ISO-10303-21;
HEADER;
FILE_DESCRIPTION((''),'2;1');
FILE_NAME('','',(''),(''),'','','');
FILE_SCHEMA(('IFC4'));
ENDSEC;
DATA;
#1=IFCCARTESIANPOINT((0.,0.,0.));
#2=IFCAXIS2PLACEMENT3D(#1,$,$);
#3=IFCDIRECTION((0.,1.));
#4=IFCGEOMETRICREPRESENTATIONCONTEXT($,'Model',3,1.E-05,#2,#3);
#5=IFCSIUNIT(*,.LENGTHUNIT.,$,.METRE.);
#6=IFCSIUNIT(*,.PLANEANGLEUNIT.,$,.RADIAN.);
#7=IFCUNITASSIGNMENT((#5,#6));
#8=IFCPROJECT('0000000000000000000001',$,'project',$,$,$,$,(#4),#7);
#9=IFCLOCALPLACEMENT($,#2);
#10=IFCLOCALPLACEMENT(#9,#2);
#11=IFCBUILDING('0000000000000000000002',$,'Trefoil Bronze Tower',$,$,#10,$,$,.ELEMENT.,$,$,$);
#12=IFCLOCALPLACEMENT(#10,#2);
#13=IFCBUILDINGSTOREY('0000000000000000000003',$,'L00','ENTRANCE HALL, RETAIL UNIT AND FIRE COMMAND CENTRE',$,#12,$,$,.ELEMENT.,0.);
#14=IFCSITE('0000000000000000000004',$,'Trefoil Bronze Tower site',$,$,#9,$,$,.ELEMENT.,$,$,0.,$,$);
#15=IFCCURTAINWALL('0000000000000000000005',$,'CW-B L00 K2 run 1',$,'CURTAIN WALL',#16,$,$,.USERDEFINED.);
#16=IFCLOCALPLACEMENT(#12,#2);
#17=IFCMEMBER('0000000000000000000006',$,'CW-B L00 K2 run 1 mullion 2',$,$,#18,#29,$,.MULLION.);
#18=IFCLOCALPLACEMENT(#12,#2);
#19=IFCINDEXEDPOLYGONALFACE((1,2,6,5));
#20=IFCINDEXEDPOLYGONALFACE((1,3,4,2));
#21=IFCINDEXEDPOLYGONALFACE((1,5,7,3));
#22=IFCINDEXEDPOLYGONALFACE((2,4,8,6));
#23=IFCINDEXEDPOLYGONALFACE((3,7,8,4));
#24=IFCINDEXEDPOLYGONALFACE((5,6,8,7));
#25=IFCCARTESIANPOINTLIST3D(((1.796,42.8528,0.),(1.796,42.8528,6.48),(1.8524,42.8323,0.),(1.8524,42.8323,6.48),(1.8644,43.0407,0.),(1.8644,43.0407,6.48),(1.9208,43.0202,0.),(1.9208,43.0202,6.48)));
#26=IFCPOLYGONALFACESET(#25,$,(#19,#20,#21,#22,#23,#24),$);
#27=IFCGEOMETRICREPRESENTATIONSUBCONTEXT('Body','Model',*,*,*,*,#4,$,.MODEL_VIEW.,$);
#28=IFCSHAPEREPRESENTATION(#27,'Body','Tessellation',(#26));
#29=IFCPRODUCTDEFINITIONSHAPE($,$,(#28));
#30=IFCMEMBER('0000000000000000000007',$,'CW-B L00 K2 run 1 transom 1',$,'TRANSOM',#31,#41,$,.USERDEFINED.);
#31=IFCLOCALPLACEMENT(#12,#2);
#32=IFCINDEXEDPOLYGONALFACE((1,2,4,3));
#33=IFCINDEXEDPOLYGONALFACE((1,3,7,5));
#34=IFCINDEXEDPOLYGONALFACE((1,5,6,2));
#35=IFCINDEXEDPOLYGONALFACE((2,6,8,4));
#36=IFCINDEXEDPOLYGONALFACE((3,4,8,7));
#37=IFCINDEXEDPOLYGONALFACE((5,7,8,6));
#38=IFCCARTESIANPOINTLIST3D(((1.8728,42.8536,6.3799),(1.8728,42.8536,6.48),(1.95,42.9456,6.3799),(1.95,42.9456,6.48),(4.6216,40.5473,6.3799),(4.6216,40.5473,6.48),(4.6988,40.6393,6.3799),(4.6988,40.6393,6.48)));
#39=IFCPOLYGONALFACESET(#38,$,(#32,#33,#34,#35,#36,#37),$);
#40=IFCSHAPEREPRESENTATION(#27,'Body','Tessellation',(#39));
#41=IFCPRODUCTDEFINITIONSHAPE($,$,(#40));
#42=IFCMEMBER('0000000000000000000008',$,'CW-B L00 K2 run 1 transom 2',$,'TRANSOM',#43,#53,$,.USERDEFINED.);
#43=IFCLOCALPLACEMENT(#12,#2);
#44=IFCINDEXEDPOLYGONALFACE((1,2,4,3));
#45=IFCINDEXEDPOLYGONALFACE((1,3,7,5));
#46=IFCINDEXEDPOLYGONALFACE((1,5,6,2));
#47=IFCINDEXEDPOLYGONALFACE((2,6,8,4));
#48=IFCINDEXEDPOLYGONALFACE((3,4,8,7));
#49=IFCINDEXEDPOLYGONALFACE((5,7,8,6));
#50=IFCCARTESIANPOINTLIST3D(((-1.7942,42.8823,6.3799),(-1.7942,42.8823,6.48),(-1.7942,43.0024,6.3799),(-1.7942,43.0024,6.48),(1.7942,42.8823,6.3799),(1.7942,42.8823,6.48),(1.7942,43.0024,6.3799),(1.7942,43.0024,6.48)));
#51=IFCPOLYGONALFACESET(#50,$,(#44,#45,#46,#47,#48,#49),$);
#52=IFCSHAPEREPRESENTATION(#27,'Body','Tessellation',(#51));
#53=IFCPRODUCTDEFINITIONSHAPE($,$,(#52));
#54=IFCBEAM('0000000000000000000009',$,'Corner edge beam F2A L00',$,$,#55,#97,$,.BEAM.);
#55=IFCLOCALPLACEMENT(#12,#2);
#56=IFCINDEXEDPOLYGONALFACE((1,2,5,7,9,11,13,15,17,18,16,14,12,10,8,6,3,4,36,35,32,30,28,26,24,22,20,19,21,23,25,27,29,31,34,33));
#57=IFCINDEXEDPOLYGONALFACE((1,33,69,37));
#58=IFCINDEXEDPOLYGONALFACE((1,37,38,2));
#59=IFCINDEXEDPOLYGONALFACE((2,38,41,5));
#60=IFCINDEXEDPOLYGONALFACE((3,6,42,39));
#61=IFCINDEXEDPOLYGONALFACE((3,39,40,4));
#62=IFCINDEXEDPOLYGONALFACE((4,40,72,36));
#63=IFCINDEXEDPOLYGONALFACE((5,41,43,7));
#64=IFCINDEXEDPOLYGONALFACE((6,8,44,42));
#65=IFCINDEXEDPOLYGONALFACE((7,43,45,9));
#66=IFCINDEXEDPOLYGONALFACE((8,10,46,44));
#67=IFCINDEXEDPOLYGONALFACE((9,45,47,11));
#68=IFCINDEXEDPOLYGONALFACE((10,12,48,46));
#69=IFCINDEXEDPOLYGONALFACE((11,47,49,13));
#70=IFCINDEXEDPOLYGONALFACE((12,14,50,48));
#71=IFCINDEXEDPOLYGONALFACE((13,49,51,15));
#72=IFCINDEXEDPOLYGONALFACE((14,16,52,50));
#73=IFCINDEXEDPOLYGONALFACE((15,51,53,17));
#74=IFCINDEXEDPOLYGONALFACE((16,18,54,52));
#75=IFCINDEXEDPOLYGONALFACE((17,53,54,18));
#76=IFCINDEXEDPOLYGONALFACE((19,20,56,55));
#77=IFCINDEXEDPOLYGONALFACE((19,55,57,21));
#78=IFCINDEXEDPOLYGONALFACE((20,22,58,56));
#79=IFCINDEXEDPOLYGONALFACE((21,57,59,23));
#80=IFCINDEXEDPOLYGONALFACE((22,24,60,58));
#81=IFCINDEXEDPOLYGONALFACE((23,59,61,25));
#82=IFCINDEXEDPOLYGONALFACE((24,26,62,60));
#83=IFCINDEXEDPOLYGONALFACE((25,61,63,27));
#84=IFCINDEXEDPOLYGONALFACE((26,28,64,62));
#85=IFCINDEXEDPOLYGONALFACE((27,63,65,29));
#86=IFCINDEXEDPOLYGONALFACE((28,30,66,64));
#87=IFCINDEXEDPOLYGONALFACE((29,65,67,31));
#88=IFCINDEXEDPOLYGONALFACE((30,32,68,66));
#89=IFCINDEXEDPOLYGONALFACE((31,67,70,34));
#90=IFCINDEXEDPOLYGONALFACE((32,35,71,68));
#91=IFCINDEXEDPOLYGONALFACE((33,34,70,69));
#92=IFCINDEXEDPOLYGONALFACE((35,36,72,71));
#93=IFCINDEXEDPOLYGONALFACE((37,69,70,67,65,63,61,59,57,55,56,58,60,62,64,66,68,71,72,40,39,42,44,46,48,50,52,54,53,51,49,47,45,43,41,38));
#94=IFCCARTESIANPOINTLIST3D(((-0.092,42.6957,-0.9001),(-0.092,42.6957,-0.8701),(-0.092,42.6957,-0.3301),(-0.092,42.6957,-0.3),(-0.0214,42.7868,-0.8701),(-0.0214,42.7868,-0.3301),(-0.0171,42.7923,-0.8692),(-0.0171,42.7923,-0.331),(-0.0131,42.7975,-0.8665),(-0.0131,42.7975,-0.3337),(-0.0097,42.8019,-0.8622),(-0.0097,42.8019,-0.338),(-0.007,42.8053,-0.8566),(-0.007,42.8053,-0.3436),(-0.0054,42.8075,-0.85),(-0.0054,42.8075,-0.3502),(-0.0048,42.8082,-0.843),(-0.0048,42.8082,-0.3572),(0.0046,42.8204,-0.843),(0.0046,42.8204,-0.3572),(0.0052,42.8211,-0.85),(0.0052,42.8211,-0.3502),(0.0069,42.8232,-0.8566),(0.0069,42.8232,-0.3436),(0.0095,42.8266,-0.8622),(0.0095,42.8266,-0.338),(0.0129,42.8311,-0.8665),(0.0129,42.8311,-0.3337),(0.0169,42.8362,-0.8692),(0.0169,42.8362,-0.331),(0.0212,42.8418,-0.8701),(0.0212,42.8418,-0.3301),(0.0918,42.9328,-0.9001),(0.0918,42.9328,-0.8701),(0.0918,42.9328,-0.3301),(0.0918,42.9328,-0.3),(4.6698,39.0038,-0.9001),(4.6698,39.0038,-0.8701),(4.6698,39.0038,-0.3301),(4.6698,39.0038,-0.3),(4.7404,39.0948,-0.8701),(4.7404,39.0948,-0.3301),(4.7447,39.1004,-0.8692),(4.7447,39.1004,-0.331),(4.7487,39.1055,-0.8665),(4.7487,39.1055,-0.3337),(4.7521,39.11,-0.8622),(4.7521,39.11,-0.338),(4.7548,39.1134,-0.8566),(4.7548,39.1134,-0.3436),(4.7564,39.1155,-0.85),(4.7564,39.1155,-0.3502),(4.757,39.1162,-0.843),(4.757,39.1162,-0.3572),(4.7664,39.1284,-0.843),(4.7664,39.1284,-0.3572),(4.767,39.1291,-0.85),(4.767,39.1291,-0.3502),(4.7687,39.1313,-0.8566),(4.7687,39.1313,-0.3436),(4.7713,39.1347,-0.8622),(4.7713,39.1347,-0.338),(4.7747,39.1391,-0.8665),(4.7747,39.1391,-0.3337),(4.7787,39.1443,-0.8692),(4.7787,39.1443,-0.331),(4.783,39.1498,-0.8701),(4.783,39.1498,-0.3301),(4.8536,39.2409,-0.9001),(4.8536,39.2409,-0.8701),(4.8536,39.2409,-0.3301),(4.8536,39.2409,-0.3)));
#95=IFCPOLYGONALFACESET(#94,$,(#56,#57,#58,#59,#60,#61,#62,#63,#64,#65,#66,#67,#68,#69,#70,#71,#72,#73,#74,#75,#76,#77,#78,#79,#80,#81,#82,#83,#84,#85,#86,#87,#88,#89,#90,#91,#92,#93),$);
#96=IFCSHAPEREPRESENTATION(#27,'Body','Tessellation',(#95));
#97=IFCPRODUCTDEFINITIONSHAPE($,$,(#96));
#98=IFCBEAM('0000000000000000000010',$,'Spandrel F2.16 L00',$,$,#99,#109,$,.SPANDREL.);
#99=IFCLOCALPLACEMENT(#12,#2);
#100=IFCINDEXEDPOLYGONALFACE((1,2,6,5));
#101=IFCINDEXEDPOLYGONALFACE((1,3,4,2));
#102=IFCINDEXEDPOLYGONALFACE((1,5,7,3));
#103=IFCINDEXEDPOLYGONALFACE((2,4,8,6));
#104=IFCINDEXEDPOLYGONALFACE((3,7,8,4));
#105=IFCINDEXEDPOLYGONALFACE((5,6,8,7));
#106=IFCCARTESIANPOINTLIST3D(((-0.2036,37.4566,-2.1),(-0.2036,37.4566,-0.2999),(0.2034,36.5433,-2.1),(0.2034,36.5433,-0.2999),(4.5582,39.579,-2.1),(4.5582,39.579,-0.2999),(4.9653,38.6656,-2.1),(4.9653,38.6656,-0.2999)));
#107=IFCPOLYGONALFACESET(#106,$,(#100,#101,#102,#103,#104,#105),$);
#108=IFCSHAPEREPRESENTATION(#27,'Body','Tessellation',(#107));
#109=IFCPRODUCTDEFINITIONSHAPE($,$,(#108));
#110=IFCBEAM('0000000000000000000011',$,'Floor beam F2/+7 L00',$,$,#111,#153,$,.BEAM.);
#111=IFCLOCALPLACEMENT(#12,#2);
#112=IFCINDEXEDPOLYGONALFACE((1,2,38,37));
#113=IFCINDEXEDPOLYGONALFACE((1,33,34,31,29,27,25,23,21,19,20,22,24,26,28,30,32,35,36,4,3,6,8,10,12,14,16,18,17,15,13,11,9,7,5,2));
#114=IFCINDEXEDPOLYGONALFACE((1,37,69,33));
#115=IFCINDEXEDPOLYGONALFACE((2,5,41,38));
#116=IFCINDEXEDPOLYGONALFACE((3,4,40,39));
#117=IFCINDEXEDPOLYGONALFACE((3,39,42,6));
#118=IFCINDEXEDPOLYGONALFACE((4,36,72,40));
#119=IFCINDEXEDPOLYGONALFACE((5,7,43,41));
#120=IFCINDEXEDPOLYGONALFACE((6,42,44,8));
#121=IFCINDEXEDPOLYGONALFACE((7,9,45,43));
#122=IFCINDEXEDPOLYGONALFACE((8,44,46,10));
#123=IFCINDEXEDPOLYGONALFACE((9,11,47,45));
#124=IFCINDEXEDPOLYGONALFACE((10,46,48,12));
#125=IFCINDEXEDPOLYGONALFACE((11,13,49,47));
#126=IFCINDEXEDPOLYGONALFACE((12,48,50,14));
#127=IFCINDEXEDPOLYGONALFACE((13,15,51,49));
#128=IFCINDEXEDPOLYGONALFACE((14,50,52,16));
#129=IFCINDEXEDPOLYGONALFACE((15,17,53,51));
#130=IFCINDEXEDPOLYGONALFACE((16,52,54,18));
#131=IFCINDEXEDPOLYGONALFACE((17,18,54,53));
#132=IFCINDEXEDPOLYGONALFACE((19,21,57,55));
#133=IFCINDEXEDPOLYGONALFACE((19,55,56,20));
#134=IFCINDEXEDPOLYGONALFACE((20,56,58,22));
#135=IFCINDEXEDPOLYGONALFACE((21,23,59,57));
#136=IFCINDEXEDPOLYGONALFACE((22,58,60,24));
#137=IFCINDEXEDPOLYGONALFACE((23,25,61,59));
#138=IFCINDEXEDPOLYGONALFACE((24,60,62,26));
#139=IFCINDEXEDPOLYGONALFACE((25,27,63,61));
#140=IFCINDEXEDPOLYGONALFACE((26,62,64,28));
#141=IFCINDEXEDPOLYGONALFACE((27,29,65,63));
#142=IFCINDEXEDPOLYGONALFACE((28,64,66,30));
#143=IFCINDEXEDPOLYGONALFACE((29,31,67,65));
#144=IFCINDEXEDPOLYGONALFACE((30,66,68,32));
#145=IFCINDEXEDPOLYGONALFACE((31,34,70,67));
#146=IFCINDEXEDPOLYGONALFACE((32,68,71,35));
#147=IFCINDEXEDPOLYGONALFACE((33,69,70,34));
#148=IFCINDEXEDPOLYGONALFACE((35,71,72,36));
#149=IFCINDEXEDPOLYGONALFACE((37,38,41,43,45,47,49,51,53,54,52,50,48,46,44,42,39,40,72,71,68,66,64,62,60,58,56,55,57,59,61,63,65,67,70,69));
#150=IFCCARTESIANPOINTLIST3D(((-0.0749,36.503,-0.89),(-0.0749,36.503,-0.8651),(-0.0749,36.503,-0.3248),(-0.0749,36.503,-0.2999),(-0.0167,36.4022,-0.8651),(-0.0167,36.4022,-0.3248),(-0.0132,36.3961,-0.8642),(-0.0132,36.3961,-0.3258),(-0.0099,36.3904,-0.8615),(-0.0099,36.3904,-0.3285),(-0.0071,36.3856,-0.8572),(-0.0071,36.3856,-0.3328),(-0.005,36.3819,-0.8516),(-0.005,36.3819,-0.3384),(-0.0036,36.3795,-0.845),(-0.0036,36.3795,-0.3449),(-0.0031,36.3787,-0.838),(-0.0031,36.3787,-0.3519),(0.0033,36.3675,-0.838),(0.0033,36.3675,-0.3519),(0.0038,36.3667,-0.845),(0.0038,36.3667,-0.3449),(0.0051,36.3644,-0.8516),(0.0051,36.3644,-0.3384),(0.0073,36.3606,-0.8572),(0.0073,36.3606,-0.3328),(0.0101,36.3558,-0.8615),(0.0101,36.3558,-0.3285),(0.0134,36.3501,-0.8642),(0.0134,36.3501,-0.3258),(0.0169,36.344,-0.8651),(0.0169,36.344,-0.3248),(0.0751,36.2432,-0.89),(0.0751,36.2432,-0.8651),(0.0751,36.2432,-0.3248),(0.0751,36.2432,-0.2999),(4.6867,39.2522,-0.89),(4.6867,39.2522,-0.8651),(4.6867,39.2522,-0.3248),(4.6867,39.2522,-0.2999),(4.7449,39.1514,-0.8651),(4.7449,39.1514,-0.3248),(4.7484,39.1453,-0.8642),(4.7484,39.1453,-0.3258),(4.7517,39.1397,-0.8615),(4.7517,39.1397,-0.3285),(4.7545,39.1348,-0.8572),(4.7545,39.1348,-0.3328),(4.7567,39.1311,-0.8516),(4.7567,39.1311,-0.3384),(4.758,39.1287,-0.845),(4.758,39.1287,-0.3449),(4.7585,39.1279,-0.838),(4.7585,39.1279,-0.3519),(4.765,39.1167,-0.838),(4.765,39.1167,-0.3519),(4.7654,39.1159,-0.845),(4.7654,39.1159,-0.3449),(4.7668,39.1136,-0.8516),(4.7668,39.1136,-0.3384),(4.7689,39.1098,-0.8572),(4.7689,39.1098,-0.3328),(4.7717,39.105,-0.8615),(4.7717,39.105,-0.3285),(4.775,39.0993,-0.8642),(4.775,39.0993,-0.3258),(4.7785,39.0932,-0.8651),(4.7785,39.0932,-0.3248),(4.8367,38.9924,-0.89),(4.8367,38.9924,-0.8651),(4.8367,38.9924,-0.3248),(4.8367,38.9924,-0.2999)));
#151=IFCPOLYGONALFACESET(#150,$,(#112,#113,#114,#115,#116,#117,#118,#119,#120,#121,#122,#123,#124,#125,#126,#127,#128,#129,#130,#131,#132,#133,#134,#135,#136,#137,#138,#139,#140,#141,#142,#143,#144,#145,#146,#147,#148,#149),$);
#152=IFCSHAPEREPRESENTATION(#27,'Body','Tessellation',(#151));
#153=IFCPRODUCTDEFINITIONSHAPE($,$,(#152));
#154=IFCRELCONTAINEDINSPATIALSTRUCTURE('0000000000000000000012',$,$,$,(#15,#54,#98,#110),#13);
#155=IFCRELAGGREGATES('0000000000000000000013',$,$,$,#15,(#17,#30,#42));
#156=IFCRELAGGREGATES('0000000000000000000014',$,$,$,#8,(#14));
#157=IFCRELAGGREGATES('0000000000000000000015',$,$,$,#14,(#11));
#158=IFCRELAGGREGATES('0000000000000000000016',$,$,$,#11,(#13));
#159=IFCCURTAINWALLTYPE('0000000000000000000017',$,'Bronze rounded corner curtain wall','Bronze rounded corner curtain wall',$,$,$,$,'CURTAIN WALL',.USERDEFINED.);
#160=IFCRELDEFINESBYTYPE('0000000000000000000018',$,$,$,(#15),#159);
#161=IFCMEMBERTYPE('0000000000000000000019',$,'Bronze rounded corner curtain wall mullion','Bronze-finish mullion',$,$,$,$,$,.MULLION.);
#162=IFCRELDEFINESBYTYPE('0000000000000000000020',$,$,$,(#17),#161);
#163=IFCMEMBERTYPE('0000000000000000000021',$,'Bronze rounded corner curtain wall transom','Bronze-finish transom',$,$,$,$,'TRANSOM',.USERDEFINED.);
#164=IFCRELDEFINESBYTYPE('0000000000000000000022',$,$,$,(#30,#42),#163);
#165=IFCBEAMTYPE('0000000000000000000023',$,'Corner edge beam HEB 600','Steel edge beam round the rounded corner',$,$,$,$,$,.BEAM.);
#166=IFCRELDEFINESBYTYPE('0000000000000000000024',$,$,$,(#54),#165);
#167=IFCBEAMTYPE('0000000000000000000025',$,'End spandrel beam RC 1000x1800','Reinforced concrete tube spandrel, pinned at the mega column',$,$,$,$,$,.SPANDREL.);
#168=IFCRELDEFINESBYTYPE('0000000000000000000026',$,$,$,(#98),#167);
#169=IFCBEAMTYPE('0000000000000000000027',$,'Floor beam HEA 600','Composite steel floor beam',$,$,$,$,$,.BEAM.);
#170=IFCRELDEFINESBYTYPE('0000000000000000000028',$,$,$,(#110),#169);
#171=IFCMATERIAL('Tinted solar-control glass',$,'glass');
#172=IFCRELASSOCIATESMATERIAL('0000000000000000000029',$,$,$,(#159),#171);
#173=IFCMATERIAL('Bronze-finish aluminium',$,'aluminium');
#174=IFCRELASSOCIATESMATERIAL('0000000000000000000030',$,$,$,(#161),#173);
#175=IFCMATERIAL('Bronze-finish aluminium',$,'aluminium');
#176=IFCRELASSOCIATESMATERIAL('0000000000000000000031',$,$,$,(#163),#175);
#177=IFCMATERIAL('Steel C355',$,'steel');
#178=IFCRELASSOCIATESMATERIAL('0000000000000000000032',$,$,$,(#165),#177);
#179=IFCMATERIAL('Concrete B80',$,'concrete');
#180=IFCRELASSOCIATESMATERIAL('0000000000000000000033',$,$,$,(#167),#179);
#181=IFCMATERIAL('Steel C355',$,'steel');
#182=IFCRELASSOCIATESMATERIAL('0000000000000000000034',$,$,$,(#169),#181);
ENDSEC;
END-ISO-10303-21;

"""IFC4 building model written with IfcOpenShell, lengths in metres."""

from ifc_helpers import new_model, si_unit, direction, frame, origin, origin_2d, place, context, subcontext, project, spatial, rectangle, i_section, extrude, material, material_profile, profile_set, type_object, element, aggregate, save


model = new_model("IFC4")

# Units and contexts
model_context = context("Model", 3, precision=1e-05, world=origin(), true_north=direction((0.0, 1.0)))
body_context = subcontext(model_context, "Body", "Model", "MODEL_VIEW")
ifc_project = project(units=[si_unit("LENGTHUNIT", "METRE"), si_unit("PLANEANGLEUNIT", "RADIAN")], contexts=[model_context])

# Site, building, storey
site_placement = place(None, origin())
site = spatial("IfcSite", under=ifc_project, at=site_placement, Name="Trefoil Bronze Tower site", CompositionType="ELEMENT", RefElevation=0.0)
building_placement = place(site_placement, origin())
building = spatial("IfcBuilding", under=site, at=building_placement, Name="Trefoil Bronze Tower", CompositionType="ELEMENT")
storey_placement = place(building_placement, origin())
storey = spatial("IfcBuildingStorey", under=building, at=storey_placement, Name="L00", Description="ENTRANCE HALL, RETAIL UNIT AND FIRE COMMAND CENTRE", CompositionType="ELEMENT", Elevation=0.0)

# Curtain wall, members
ifc_material_1 = material(Name="Tinted solar-control glass", Category="glass")
curtain_wall_type_1 = type_object("IfcCurtainWallType", Name="Bronze rounded corner curtain wall", Description="Bronze rounded corner curtain wall", ElementType="CURTAIN WALL", PredefinedType="USERDEFINED", material=ifc_material_1)
curtain_wall_1_placement = place(storey_placement, origin())
curtain_wall_1 = element("IfcCurtainWall", 1, at=curtain_wall_1_placement, inside=storey, type_object=curtain_wall_type_1, Name="CW-B L00 K2 run 1", ObjectType="CURTAIN WALL", PredefinedType="USERDEFINED")
ifc_material_2 = material(Name="Bronze-finish aluminium", Category="aluminium")
ifc_material_profile_1 = material_profile(ifc_material_2, rectangle(XDim=0.2, YDim=0.0601, at=origin_2d()), Name="CW-B mullion")
ifc_profile_set_1 = profile_set([ifc_material_profile_1], Name="Bronze-finish aluminium")
member_type_1 = type_object("IfcMemberType", Name="Bronze rounded corner curtain wall mullion", Description="Bronze-finish mullion", PredefinedType="MULLION", material=ifc_profile_set_1)
member_1_placement = place(storey_placement, frame((1.8584, 42.9365, 0.0), z_axis=(0.0, 0.0, 1.0), x_axis=(-0.34202, -0.939693, 0.0)))
member_1 = element("IfcMember", 2, at=member_1_placement, type_object=member_type_1, Name="CW-B L00 K2 run 1 mullion 2", PredefinedType="MULLION", context=body_context, shape_type="SweptSolid", body=[
    extrude(rectangle(XDim=0.2, YDim=0.0601, at=origin_2d()), origin(), (0.0, 0.0, 1.0), 6.48),
])
ifc_material_3 = material(Name="Bronze-finish aluminium", Category="aluminium")
ifc_material_profile_2 = material_profile(ifc_material_3, rectangle(XDim=0.1201, YDim=0.1001, at=origin_2d()), Name="CW-B transom")
ifc_profile_set_2 = profile_set([ifc_material_profile_2], Name="Bronze-finish aluminium")
member_type_2 = type_object("IfcMemberType", Name="Bronze rounded corner curtain wall transom", Description="Bronze-finish transom", ElementType="TRANSOM", PredefinedType="USERDEFINED", material=ifc_profile_set_2)
member_2_placement = place(storey_placement, frame((4.6602, 40.5933, 6.4299), z_axis=(-0.766059, 0.642771, 0.0), x_axis=(-0.642771, -0.766059, 0.0)))
member_2 = element("IfcMember", 3, at=member_2_placement, type_object=member_type_2, Name="CW-B L00 K2 run 1 transom 1", ObjectType="TRANSOM", PredefinedType="USERDEFINED", context=body_context, shape_type="SweptSolid", body=[
    extrude(rectangle(XDim=0.1201, YDim=0.1001, at=origin_2d()), origin(), (0.0, 0.0, 1.0), 3.5881),
])
member_3_placement = place(storey_placement, frame((1.7942, 42.9424, 6.4299), z_axis=(-1.0, 0.0, 0.0), x_axis=(0.0, -1.0, 0.0)))
member_3 = element("IfcMember", 4, at=member_3_placement, type_object=member_type_2, Name="CW-B L00 K2 run 1 transom 2", ObjectType="TRANSOM", PredefinedType="USERDEFINED", context=body_context, shape_type="SweptSolid", body=[
    extrude(rectangle(XDim=0.1201, YDim=0.1001, at=origin_2d()), origin(), (0.0, 0.0, 1.0), 3.5884),
])

# Beams
ifc_material_4 = material(Name="Steel C355", Category="steel")
ifc_material_profile_3 = material_profile(ifc_material_4, i_section(OverallWidth=0.3, OverallDepth=0.6001, WebThickness=0.0154, FlangeThickness=0.03, FilletRadius=0.0271, at=origin_2d()), Name="HEB 600")
ifc_profile_set_3 = profile_set([ifc_material_profile_3], Name="Steel C355")
beam_type_1 = type_object("IfcBeamType", Name="Corner edge beam HEB 600", Description="Steel edge beam round the rounded corner", PredefinedType="BEAM", material=ifc_profile_set_3)
beam_1_placement = place(storey_placement, frame((4.7617, 39.1223, -0.6001), z_axis=(-0.790289, 0.612734, 0.0), x_axis=(-0.612734, -0.790289, 0.0)))
element("IfcBeam", 5, at=beam_1_placement, inside=storey, type_object=beam_type_1, Name="Corner edge beam F2A L00", PredefinedType="BEAM", context=body_context, shape_type="SweptSolid", body=[
    extrude(i_section(OverallWidth=0.3, OverallDepth=0.6001, WebThickness=0.0154, FlangeThickness=0.03, FilletRadius=0.0271, at=origin_2d()), origin(), (0.0, 0.0, 1.0), 6.0254),
])
ifc_material_5 = material(Name="Concrete B80", Category="concrete")
ifc_material_profile_4 = material_profile(ifc_material_5, rectangle(XDim=1.0, YDim=1.8, at=origin_2d()), Name="RC 1000x1800")
ifc_profile_set_4 = profile_set([ifc_material_profile_4], Name="Concrete B80")
beam_type_2 = type_object("IfcBeamType", Name="End spandrel beam RC 1000x1800", Description="Reinforced concrete tube spandrel, pinned at the mega column", PredefinedType="SPANDREL", material=ifc_profile_set_4)
beam_2_placement = place(storey_placement, frame((4.7617, 39.1223, -1.2), z_axis=(-0.913384, -0.407099, 0.0), x_axis=(0.407099, -0.913384, 0.0)))
element("IfcBeam", 6, at=beam_2_placement, inside=storey, type_object=beam_type_2, Name="Spandrel F2.16 L00", PredefinedType="SPANDREL", context=body_context, shape_type="SweptSolid", body=[
    extrude(rectangle(XDim=1.0, YDim=1.8, at=origin_2d()), origin(), (0.0, 0.0, 1.0), 5.2134),
])
ifc_material_6 = material(Name="Steel C355", Category="steel")
ifc_material_profile_5 = material_profile(ifc_material_6, i_section(OverallWidth=0.3, OverallDepth=0.5901, WebThickness=0.0129, FlangeThickness=0.0249, FilletRadius=0.0271, at=origin_2d()), Name="HEA 600")
ifc_profile_set_5 = profile_set([ifc_material_profile_5], Name="Steel C355")
beam_type_3 = type_object("IfcBeamType", Name="Floor beam HEA 600", Description="Composite steel floor beam", PredefinedType="BEAM", material=ifc_profile_set_5)
beam_3_placement = place(storey_placement, frame((4.7617, 39.1223, -0.595), z_axis=(-0.866018, -0.500012, 0.0), x_axis=(0.500012, -0.866018, 0.0)))
element("IfcBeam", 7, at=beam_3_placement, inside=storey, type_object=beam_type_3, Name="Floor beam F2/+7 L00", PredefinedType="BEAM", context=body_context, shape_type="SweptSolid", body=[
    extrude(i_section(OverallWidth=0.3, OverallDepth=0.5901, WebThickness=0.0129, FlangeThickness=0.0249, FilletRadius=0.0271, at=origin_2d()), origin(), (0.0, 0.0, 1.0), 5.4983),
])

aggregate(curtain_wall_1, [member_1, member_2, member_3])

save(model, "model.ifc")
